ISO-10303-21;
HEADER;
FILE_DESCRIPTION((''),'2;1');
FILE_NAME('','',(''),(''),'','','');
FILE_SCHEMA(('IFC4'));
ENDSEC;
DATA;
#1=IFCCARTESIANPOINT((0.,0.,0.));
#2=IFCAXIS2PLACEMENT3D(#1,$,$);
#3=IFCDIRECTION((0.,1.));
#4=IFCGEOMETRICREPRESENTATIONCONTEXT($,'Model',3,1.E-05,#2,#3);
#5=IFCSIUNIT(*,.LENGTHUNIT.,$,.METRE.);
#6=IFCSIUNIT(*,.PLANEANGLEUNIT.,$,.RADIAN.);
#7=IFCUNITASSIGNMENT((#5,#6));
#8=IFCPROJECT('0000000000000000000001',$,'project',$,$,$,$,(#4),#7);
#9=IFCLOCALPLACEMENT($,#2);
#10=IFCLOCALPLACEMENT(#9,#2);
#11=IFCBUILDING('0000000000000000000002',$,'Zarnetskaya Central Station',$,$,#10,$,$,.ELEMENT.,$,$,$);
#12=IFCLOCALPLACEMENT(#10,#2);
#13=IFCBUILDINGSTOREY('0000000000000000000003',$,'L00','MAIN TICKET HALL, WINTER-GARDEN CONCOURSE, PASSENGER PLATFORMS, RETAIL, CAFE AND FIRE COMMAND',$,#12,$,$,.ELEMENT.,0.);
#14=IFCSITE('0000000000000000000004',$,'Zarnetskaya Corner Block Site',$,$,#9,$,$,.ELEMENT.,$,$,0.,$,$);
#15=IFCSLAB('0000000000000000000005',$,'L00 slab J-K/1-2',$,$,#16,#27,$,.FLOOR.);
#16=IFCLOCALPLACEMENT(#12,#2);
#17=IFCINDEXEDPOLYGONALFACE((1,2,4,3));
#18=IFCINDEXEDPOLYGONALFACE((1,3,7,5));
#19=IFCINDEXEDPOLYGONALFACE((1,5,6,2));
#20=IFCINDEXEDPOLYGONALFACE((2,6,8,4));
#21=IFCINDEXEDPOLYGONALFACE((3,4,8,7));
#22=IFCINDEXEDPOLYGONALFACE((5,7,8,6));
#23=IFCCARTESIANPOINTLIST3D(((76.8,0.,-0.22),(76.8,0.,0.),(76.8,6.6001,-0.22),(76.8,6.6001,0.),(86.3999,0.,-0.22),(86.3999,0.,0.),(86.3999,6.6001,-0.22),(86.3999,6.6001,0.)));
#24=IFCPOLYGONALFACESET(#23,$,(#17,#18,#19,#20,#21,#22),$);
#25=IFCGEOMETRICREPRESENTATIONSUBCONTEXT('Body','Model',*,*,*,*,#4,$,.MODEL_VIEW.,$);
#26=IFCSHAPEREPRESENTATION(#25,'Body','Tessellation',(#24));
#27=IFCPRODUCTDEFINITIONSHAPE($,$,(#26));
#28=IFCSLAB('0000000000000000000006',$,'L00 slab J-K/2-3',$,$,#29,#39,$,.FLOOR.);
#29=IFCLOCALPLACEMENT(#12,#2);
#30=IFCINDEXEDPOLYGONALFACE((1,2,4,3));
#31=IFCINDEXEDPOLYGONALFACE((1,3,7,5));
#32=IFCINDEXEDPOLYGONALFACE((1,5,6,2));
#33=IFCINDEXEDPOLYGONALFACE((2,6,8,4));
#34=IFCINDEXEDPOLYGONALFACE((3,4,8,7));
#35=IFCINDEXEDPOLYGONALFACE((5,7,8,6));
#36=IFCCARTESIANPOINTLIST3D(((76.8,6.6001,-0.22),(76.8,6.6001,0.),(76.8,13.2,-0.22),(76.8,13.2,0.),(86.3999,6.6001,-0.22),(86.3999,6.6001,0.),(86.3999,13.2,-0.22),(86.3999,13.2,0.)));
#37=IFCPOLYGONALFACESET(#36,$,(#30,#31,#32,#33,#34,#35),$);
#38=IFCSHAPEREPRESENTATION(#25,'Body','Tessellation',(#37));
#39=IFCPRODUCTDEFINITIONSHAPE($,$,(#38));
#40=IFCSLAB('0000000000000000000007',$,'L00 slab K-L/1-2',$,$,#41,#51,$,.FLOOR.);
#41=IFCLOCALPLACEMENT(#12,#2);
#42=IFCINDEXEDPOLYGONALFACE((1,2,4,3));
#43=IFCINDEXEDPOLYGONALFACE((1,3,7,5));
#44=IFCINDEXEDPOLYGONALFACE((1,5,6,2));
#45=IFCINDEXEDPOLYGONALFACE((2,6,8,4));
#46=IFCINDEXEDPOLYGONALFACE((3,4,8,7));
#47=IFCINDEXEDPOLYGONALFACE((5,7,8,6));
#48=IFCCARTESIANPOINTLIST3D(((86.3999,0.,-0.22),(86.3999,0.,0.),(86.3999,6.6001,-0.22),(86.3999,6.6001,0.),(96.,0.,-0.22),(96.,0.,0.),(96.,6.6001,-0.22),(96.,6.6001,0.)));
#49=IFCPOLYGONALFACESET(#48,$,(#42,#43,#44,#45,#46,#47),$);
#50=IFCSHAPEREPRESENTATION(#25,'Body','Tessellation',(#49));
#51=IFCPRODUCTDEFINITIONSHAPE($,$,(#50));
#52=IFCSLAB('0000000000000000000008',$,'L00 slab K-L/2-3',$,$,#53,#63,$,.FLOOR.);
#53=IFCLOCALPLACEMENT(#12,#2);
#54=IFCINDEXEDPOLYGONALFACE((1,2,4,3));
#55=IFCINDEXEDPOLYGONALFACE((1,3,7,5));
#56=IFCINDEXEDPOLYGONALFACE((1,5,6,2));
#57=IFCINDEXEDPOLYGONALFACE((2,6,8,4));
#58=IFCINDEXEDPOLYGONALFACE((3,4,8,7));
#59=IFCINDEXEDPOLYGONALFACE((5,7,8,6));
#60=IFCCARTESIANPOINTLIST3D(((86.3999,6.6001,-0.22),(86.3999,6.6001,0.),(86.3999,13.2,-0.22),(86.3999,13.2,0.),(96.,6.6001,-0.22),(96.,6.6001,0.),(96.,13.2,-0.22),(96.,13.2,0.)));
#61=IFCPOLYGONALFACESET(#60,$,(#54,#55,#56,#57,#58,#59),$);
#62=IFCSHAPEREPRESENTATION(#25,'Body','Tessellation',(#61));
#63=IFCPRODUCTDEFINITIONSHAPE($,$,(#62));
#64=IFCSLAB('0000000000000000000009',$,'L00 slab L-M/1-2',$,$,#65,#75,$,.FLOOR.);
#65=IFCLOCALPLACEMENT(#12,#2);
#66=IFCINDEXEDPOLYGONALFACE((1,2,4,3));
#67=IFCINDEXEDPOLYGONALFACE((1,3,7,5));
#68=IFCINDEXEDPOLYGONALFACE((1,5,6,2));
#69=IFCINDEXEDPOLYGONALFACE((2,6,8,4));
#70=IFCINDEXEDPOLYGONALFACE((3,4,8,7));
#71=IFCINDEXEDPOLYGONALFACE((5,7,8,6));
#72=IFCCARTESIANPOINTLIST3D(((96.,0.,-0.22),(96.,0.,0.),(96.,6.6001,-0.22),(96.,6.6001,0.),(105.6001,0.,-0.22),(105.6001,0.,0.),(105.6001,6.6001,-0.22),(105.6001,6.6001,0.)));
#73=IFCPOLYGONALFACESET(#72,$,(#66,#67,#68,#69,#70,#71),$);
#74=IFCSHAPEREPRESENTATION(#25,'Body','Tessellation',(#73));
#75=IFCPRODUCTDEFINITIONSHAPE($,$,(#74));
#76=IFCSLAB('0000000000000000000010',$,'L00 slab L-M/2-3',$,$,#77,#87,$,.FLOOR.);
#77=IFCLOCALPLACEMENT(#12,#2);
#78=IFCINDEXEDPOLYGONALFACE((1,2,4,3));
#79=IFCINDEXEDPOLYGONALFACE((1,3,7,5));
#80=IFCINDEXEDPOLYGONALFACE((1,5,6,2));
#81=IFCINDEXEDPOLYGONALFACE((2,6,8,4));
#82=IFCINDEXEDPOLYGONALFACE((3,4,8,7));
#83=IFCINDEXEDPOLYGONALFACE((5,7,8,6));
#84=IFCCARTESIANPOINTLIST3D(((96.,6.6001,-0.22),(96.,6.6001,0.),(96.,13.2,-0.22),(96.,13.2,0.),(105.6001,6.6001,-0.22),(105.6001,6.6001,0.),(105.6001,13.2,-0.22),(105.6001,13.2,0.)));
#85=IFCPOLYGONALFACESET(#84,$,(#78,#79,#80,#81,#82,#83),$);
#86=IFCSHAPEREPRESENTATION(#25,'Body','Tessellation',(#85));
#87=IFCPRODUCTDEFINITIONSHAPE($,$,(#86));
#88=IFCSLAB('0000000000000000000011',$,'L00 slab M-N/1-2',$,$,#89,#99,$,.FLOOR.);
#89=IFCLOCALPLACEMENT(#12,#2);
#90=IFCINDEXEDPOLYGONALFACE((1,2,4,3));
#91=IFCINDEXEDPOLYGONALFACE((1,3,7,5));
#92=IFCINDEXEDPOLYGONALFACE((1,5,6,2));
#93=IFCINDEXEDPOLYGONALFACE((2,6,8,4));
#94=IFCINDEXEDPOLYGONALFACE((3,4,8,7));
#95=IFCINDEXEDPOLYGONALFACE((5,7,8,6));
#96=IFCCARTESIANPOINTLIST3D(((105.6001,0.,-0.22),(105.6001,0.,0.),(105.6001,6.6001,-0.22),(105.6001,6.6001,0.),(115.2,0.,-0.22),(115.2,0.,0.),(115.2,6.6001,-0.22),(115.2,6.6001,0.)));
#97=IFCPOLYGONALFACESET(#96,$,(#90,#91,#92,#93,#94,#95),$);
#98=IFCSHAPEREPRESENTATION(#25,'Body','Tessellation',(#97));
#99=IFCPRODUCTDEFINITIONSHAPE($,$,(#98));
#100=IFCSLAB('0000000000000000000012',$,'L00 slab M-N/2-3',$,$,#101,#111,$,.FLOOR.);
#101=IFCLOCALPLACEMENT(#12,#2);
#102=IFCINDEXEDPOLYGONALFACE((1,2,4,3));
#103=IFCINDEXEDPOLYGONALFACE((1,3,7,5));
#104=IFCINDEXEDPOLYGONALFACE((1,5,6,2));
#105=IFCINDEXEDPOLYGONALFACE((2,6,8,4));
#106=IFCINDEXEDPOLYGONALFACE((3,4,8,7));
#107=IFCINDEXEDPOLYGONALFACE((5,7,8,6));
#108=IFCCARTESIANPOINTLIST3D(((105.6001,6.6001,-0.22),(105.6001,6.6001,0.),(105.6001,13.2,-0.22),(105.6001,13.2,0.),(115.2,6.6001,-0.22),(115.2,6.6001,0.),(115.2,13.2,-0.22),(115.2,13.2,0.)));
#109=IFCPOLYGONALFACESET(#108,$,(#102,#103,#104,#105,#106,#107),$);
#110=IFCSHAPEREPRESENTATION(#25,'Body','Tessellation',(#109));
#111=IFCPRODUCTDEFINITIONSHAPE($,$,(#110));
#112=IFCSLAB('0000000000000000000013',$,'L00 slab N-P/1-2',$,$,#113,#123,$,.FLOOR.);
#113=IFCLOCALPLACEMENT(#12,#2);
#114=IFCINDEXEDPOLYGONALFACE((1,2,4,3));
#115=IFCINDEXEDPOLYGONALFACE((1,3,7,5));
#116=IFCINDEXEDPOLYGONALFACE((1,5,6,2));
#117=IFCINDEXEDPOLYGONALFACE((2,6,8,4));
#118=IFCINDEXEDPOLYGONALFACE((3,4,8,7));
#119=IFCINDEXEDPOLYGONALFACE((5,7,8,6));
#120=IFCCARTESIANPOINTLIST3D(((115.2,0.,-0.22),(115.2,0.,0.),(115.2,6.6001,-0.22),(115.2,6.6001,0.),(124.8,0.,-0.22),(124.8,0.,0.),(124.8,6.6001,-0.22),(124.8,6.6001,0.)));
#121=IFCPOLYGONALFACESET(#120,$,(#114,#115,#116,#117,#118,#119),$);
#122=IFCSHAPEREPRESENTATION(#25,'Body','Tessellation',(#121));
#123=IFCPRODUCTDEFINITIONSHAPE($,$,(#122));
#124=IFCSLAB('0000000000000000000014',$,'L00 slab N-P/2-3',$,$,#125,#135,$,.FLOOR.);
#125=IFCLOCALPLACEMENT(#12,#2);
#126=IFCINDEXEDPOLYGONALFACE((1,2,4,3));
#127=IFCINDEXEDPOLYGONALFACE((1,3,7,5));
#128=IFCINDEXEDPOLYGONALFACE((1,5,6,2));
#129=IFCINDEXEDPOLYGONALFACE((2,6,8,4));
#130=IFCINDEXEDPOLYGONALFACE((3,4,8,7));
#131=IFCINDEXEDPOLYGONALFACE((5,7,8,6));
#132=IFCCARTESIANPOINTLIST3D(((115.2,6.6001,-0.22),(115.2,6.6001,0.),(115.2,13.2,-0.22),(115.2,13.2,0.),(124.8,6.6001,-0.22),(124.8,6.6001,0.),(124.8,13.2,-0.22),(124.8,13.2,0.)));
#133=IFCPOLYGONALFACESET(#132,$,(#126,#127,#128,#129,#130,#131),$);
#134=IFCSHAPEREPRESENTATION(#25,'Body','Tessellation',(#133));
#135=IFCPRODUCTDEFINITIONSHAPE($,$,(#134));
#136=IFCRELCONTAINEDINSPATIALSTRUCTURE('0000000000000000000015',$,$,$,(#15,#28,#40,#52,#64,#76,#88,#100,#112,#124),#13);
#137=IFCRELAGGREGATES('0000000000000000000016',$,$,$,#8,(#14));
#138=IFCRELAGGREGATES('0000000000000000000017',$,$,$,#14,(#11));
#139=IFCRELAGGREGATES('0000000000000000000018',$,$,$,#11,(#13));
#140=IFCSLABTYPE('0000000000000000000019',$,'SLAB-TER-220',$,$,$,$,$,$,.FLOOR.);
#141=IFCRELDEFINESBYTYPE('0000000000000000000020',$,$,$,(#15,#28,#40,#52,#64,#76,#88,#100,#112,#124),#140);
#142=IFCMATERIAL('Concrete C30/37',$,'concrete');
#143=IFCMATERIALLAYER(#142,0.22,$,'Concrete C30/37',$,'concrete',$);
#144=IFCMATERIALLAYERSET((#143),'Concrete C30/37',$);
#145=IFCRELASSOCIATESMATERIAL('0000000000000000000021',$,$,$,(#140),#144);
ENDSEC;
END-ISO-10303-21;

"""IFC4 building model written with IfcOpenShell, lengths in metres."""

from ifc_helpers import new_model, si_unit, direction, frame, origin, place, context, subcontext, project, spatial, polyline, outline, extrude, material, layer, layer_set, type_object, element, save


model = new_model("IFC4")

# Units and contexts
model_context = context("Model", 3, precision=1e-05, world=origin(), true_north=direction((0.0, 1.0)))
body_context = subcontext(model_context, "Body", "Model", "MODEL_VIEW")
ifc_project = project(units=[si_unit("LENGTHUNIT", "METRE"), si_unit("PLANEANGLEUNIT", "RADIAN")], contexts=[model_context])

# Site, building, storey
site_placement = place(None, origin())
site = spatial("IfcSite", under=ifc_project, at=site_placement, Name="Zarnetskaya Corner Block Site", CompositionType="ELEMENT", RefElevation=0.0)
building_placement = place(site_placement, origin())
building = spatial("IfcBuilding", under=site, at=building_placement, Name="Zarnetskaya Central Station", CompositionType="ELEMENT")
storey_placement = place(building_placement, origin())
storey = spatial("IfcBuildingStorey", under=building, at=storey_placement, Name="L00", Description="MAIN TICKET HALL, WINTER-GARDEN CONCOURSE, PASSENGER PLATFORMS, RETAIL, CAFE AND FIRE COMMAND", CompositionType="ELEMENT", Elevation=0.0)

# Slabs
ifc_material_1 = material(Name="Concrete C30/37", Category="concrete")
ifc_layer_1 = layer(ifc_material_1, 0.22, Name="Concrete C30/37", Category="concrete")
ifc_layer_set_1 = layer_set([ifc_layer_1], Name="Concrete C30/37")
slab_type_1 = type_object("IfcSlabType", Name="SLAB-TER-220", PredefinedType="FLOOR", material=ifc_layer_set_1)
slab_1_placement = place(storey_placement, frame((0.0, 0.0, -0.22)))
element("IfcSlab", 1, at=slab_1_placement, inside=storey, type_object=slab_type_1, Name="L00 slab J-K/1-2", PredefinedType="FLOOR", context=body_context, shape_type="SweptSolid", body=[
    extrude(outline(polyline([(76.8, 0.0), (86.3999, 0.0), (86.3999, 6.6001), (76.8, 6.6001), (76.8, 0.0)])), origin(), (0.0, 0.0, 1.0), 0.22),
])
slab_2_placement = place(storey_placement, frame((0.0, 0.0, -0.22)))
element("IfcSlab", 2, at=slab_2_placement, inside=storey, type_object=slab_type_1, Name="L00 slab J-K/2-3", PredefinedType="FLOOR", context=body_context, shape_type="SweptSolid", body=[
    extrude(outline(polyline([(76.8, 6.6001), (86.3999, 6.6001), (86.3999, 13.2), (76.8, 13.2), (76.8, 6.6001)])), origin(), (0.0, 0.0, 1.0), 0.22),
])
slab_3_placement = place(storey_placement, frame((0.0, 0.0, -0.22)))
element("IfcSlab", 3, at=slab_3_placement, inside=storey, type_object=slab_type_1, Name="L00 slab K-L/1-2", PredefinedType="FLOOR", context=body_context, shape_type="SweptSolid", body=[
    extrude(outline(polyline([(86.3999, 0.0), (96.0, 0.0), (96.0, 6.6001), (86.3999, 6.6001), (86.3999, 0.0)])), origin(), (0.0, 0.0, 1.0), 0.22),
])
slab_4_placement = place(storey_placement, frame((0.0, 0.0, -0.22)))
element("IfcSlab", 4, at=slab_4_placement, inside=storey, type_object=slab_type_1, Name="L00 slab K-L/2-3", PredefinedType="FLOOR", context=body_context, shape_type="SweptSolid", body=[
    extrude(outline(polyline([(86.3999, 6.6001), (96.0, 6.6001), (96.0, 13.2), (86.3999, 13.2), (86.3999, 6.6001)])), origin(), (0.0, 0.0, 1.0), 0.22),
])
slab_5_placement = place(storey_placement, frame((0.0, 0.0, -0.22)))
element("IfcSlab", 5, at=slab_5_placement, inside=storey, type_object=slab_type_1, Name="L00 slab L-M/1-2", PredefinedType="FLOOR", context=body_context, shape_type="SweptSolid", body=[
    extrude(outline(polyline([(96.0, 0.0), (105.6001, 0.0), (105.6001, 6.6001), (96.0, 6.6001), (96.0, 0.0)])), origin(), (0.0, 0.0, 1.0), 0.22),
])
slab_6_placement = place(storey_placement, frame((0.0, 0.0, -0.22)))
element("IfcSlab", 6, at=slab_6_placement, inside=storey, type_object=slab_type_1, Name="L00 slab L-M/2-3", PredefinedType="FLOOR", context=body_context, shape_type="SweptSolid", body=[
    extrude(outline(polyline([(96.0, 6.6001), (105.6001, 6.6001), (105.6001, 13.2), (96.0, 13.2), (96.0, 6.6001)])), origin(), (0.0, 0.0, 1.0), 0.22),
])
slab_7_placement = place(storey_placement, frame((0.0, 0.0, -0.22)))
element("IfcSlab", 7, at=slab_7_placement, inside=storey, type_object=slab_type_1, Name="L00 slab M-N/1-2", PredefinedType="FLOOR", context=body_context, shape_type="SweptSolid", body=[
    extrude(outline(polyline([(105.6001, 0.0), (115.2, 0.0), (115.2, 6.6001), (105.6001, 6.6001), (105.6001, 0.0)])), origin(), (0.0, 0.0, 1.0), 0.22),
])
slab_8_placement = place(storey_placement, frame((0.0, 0.0, -0.22)))
element("IfcSlab", 8, at=slab_8_placement, inside=storey, type_object=slab_type_1, Name="L00 slab M-N/2-3", PredefinedType="FLOOR", context=body_context, shape_type="SweptSolid", body=[
    extrude(outline(polyline([(105.6001, 6.6001), (115.2, 6.6001), (115.2, 13.2), (105.6001, 13.2), (105.6001, 6.6001)])), origin(), (0.0, 0.0, 1.0), 0.22),
])
slab_9_placement = place(storey_placement, frame((0.0, 0.0, -0.22)))
element("IfcSlab", 9, at=slab_9_placement, inside=storey, type_object=slab_type_1, Name="L00 slab N-P/1-2", PredefinedType="FLOOR", context=body_context, shape_type="SweptSolid", body=[
    extrude(outline(polyline([(115.2, 0.0), (124.8, 0.0), (124.8, 6.6001), (115.2, 6.6001), (115.2, 0.0)])), origin(), (0.0, 0.0, 1.0), 0.22),
])
slab_10_placement = place(storey_placement, frame((0.0, 0.0, -0.22)))
element("IfcSlab", 10, at=slab_10_placement, inside=storey, type_object=slab_type_1, Name="L00 slab N-P/2-3", PredefinedType="FLOOR", context=body_context, shape_type="SweptSolid", body=[
    extrude(outline(polyline([(115.2, 6.6001), (124.8, 6.6001), (124.8, 13.2), (115.2, 13.2), (115.2, 6.6001)])), origin(), (0.0, 0.0, 1.0), 0.22),
])

save(model, "model.ifc")
